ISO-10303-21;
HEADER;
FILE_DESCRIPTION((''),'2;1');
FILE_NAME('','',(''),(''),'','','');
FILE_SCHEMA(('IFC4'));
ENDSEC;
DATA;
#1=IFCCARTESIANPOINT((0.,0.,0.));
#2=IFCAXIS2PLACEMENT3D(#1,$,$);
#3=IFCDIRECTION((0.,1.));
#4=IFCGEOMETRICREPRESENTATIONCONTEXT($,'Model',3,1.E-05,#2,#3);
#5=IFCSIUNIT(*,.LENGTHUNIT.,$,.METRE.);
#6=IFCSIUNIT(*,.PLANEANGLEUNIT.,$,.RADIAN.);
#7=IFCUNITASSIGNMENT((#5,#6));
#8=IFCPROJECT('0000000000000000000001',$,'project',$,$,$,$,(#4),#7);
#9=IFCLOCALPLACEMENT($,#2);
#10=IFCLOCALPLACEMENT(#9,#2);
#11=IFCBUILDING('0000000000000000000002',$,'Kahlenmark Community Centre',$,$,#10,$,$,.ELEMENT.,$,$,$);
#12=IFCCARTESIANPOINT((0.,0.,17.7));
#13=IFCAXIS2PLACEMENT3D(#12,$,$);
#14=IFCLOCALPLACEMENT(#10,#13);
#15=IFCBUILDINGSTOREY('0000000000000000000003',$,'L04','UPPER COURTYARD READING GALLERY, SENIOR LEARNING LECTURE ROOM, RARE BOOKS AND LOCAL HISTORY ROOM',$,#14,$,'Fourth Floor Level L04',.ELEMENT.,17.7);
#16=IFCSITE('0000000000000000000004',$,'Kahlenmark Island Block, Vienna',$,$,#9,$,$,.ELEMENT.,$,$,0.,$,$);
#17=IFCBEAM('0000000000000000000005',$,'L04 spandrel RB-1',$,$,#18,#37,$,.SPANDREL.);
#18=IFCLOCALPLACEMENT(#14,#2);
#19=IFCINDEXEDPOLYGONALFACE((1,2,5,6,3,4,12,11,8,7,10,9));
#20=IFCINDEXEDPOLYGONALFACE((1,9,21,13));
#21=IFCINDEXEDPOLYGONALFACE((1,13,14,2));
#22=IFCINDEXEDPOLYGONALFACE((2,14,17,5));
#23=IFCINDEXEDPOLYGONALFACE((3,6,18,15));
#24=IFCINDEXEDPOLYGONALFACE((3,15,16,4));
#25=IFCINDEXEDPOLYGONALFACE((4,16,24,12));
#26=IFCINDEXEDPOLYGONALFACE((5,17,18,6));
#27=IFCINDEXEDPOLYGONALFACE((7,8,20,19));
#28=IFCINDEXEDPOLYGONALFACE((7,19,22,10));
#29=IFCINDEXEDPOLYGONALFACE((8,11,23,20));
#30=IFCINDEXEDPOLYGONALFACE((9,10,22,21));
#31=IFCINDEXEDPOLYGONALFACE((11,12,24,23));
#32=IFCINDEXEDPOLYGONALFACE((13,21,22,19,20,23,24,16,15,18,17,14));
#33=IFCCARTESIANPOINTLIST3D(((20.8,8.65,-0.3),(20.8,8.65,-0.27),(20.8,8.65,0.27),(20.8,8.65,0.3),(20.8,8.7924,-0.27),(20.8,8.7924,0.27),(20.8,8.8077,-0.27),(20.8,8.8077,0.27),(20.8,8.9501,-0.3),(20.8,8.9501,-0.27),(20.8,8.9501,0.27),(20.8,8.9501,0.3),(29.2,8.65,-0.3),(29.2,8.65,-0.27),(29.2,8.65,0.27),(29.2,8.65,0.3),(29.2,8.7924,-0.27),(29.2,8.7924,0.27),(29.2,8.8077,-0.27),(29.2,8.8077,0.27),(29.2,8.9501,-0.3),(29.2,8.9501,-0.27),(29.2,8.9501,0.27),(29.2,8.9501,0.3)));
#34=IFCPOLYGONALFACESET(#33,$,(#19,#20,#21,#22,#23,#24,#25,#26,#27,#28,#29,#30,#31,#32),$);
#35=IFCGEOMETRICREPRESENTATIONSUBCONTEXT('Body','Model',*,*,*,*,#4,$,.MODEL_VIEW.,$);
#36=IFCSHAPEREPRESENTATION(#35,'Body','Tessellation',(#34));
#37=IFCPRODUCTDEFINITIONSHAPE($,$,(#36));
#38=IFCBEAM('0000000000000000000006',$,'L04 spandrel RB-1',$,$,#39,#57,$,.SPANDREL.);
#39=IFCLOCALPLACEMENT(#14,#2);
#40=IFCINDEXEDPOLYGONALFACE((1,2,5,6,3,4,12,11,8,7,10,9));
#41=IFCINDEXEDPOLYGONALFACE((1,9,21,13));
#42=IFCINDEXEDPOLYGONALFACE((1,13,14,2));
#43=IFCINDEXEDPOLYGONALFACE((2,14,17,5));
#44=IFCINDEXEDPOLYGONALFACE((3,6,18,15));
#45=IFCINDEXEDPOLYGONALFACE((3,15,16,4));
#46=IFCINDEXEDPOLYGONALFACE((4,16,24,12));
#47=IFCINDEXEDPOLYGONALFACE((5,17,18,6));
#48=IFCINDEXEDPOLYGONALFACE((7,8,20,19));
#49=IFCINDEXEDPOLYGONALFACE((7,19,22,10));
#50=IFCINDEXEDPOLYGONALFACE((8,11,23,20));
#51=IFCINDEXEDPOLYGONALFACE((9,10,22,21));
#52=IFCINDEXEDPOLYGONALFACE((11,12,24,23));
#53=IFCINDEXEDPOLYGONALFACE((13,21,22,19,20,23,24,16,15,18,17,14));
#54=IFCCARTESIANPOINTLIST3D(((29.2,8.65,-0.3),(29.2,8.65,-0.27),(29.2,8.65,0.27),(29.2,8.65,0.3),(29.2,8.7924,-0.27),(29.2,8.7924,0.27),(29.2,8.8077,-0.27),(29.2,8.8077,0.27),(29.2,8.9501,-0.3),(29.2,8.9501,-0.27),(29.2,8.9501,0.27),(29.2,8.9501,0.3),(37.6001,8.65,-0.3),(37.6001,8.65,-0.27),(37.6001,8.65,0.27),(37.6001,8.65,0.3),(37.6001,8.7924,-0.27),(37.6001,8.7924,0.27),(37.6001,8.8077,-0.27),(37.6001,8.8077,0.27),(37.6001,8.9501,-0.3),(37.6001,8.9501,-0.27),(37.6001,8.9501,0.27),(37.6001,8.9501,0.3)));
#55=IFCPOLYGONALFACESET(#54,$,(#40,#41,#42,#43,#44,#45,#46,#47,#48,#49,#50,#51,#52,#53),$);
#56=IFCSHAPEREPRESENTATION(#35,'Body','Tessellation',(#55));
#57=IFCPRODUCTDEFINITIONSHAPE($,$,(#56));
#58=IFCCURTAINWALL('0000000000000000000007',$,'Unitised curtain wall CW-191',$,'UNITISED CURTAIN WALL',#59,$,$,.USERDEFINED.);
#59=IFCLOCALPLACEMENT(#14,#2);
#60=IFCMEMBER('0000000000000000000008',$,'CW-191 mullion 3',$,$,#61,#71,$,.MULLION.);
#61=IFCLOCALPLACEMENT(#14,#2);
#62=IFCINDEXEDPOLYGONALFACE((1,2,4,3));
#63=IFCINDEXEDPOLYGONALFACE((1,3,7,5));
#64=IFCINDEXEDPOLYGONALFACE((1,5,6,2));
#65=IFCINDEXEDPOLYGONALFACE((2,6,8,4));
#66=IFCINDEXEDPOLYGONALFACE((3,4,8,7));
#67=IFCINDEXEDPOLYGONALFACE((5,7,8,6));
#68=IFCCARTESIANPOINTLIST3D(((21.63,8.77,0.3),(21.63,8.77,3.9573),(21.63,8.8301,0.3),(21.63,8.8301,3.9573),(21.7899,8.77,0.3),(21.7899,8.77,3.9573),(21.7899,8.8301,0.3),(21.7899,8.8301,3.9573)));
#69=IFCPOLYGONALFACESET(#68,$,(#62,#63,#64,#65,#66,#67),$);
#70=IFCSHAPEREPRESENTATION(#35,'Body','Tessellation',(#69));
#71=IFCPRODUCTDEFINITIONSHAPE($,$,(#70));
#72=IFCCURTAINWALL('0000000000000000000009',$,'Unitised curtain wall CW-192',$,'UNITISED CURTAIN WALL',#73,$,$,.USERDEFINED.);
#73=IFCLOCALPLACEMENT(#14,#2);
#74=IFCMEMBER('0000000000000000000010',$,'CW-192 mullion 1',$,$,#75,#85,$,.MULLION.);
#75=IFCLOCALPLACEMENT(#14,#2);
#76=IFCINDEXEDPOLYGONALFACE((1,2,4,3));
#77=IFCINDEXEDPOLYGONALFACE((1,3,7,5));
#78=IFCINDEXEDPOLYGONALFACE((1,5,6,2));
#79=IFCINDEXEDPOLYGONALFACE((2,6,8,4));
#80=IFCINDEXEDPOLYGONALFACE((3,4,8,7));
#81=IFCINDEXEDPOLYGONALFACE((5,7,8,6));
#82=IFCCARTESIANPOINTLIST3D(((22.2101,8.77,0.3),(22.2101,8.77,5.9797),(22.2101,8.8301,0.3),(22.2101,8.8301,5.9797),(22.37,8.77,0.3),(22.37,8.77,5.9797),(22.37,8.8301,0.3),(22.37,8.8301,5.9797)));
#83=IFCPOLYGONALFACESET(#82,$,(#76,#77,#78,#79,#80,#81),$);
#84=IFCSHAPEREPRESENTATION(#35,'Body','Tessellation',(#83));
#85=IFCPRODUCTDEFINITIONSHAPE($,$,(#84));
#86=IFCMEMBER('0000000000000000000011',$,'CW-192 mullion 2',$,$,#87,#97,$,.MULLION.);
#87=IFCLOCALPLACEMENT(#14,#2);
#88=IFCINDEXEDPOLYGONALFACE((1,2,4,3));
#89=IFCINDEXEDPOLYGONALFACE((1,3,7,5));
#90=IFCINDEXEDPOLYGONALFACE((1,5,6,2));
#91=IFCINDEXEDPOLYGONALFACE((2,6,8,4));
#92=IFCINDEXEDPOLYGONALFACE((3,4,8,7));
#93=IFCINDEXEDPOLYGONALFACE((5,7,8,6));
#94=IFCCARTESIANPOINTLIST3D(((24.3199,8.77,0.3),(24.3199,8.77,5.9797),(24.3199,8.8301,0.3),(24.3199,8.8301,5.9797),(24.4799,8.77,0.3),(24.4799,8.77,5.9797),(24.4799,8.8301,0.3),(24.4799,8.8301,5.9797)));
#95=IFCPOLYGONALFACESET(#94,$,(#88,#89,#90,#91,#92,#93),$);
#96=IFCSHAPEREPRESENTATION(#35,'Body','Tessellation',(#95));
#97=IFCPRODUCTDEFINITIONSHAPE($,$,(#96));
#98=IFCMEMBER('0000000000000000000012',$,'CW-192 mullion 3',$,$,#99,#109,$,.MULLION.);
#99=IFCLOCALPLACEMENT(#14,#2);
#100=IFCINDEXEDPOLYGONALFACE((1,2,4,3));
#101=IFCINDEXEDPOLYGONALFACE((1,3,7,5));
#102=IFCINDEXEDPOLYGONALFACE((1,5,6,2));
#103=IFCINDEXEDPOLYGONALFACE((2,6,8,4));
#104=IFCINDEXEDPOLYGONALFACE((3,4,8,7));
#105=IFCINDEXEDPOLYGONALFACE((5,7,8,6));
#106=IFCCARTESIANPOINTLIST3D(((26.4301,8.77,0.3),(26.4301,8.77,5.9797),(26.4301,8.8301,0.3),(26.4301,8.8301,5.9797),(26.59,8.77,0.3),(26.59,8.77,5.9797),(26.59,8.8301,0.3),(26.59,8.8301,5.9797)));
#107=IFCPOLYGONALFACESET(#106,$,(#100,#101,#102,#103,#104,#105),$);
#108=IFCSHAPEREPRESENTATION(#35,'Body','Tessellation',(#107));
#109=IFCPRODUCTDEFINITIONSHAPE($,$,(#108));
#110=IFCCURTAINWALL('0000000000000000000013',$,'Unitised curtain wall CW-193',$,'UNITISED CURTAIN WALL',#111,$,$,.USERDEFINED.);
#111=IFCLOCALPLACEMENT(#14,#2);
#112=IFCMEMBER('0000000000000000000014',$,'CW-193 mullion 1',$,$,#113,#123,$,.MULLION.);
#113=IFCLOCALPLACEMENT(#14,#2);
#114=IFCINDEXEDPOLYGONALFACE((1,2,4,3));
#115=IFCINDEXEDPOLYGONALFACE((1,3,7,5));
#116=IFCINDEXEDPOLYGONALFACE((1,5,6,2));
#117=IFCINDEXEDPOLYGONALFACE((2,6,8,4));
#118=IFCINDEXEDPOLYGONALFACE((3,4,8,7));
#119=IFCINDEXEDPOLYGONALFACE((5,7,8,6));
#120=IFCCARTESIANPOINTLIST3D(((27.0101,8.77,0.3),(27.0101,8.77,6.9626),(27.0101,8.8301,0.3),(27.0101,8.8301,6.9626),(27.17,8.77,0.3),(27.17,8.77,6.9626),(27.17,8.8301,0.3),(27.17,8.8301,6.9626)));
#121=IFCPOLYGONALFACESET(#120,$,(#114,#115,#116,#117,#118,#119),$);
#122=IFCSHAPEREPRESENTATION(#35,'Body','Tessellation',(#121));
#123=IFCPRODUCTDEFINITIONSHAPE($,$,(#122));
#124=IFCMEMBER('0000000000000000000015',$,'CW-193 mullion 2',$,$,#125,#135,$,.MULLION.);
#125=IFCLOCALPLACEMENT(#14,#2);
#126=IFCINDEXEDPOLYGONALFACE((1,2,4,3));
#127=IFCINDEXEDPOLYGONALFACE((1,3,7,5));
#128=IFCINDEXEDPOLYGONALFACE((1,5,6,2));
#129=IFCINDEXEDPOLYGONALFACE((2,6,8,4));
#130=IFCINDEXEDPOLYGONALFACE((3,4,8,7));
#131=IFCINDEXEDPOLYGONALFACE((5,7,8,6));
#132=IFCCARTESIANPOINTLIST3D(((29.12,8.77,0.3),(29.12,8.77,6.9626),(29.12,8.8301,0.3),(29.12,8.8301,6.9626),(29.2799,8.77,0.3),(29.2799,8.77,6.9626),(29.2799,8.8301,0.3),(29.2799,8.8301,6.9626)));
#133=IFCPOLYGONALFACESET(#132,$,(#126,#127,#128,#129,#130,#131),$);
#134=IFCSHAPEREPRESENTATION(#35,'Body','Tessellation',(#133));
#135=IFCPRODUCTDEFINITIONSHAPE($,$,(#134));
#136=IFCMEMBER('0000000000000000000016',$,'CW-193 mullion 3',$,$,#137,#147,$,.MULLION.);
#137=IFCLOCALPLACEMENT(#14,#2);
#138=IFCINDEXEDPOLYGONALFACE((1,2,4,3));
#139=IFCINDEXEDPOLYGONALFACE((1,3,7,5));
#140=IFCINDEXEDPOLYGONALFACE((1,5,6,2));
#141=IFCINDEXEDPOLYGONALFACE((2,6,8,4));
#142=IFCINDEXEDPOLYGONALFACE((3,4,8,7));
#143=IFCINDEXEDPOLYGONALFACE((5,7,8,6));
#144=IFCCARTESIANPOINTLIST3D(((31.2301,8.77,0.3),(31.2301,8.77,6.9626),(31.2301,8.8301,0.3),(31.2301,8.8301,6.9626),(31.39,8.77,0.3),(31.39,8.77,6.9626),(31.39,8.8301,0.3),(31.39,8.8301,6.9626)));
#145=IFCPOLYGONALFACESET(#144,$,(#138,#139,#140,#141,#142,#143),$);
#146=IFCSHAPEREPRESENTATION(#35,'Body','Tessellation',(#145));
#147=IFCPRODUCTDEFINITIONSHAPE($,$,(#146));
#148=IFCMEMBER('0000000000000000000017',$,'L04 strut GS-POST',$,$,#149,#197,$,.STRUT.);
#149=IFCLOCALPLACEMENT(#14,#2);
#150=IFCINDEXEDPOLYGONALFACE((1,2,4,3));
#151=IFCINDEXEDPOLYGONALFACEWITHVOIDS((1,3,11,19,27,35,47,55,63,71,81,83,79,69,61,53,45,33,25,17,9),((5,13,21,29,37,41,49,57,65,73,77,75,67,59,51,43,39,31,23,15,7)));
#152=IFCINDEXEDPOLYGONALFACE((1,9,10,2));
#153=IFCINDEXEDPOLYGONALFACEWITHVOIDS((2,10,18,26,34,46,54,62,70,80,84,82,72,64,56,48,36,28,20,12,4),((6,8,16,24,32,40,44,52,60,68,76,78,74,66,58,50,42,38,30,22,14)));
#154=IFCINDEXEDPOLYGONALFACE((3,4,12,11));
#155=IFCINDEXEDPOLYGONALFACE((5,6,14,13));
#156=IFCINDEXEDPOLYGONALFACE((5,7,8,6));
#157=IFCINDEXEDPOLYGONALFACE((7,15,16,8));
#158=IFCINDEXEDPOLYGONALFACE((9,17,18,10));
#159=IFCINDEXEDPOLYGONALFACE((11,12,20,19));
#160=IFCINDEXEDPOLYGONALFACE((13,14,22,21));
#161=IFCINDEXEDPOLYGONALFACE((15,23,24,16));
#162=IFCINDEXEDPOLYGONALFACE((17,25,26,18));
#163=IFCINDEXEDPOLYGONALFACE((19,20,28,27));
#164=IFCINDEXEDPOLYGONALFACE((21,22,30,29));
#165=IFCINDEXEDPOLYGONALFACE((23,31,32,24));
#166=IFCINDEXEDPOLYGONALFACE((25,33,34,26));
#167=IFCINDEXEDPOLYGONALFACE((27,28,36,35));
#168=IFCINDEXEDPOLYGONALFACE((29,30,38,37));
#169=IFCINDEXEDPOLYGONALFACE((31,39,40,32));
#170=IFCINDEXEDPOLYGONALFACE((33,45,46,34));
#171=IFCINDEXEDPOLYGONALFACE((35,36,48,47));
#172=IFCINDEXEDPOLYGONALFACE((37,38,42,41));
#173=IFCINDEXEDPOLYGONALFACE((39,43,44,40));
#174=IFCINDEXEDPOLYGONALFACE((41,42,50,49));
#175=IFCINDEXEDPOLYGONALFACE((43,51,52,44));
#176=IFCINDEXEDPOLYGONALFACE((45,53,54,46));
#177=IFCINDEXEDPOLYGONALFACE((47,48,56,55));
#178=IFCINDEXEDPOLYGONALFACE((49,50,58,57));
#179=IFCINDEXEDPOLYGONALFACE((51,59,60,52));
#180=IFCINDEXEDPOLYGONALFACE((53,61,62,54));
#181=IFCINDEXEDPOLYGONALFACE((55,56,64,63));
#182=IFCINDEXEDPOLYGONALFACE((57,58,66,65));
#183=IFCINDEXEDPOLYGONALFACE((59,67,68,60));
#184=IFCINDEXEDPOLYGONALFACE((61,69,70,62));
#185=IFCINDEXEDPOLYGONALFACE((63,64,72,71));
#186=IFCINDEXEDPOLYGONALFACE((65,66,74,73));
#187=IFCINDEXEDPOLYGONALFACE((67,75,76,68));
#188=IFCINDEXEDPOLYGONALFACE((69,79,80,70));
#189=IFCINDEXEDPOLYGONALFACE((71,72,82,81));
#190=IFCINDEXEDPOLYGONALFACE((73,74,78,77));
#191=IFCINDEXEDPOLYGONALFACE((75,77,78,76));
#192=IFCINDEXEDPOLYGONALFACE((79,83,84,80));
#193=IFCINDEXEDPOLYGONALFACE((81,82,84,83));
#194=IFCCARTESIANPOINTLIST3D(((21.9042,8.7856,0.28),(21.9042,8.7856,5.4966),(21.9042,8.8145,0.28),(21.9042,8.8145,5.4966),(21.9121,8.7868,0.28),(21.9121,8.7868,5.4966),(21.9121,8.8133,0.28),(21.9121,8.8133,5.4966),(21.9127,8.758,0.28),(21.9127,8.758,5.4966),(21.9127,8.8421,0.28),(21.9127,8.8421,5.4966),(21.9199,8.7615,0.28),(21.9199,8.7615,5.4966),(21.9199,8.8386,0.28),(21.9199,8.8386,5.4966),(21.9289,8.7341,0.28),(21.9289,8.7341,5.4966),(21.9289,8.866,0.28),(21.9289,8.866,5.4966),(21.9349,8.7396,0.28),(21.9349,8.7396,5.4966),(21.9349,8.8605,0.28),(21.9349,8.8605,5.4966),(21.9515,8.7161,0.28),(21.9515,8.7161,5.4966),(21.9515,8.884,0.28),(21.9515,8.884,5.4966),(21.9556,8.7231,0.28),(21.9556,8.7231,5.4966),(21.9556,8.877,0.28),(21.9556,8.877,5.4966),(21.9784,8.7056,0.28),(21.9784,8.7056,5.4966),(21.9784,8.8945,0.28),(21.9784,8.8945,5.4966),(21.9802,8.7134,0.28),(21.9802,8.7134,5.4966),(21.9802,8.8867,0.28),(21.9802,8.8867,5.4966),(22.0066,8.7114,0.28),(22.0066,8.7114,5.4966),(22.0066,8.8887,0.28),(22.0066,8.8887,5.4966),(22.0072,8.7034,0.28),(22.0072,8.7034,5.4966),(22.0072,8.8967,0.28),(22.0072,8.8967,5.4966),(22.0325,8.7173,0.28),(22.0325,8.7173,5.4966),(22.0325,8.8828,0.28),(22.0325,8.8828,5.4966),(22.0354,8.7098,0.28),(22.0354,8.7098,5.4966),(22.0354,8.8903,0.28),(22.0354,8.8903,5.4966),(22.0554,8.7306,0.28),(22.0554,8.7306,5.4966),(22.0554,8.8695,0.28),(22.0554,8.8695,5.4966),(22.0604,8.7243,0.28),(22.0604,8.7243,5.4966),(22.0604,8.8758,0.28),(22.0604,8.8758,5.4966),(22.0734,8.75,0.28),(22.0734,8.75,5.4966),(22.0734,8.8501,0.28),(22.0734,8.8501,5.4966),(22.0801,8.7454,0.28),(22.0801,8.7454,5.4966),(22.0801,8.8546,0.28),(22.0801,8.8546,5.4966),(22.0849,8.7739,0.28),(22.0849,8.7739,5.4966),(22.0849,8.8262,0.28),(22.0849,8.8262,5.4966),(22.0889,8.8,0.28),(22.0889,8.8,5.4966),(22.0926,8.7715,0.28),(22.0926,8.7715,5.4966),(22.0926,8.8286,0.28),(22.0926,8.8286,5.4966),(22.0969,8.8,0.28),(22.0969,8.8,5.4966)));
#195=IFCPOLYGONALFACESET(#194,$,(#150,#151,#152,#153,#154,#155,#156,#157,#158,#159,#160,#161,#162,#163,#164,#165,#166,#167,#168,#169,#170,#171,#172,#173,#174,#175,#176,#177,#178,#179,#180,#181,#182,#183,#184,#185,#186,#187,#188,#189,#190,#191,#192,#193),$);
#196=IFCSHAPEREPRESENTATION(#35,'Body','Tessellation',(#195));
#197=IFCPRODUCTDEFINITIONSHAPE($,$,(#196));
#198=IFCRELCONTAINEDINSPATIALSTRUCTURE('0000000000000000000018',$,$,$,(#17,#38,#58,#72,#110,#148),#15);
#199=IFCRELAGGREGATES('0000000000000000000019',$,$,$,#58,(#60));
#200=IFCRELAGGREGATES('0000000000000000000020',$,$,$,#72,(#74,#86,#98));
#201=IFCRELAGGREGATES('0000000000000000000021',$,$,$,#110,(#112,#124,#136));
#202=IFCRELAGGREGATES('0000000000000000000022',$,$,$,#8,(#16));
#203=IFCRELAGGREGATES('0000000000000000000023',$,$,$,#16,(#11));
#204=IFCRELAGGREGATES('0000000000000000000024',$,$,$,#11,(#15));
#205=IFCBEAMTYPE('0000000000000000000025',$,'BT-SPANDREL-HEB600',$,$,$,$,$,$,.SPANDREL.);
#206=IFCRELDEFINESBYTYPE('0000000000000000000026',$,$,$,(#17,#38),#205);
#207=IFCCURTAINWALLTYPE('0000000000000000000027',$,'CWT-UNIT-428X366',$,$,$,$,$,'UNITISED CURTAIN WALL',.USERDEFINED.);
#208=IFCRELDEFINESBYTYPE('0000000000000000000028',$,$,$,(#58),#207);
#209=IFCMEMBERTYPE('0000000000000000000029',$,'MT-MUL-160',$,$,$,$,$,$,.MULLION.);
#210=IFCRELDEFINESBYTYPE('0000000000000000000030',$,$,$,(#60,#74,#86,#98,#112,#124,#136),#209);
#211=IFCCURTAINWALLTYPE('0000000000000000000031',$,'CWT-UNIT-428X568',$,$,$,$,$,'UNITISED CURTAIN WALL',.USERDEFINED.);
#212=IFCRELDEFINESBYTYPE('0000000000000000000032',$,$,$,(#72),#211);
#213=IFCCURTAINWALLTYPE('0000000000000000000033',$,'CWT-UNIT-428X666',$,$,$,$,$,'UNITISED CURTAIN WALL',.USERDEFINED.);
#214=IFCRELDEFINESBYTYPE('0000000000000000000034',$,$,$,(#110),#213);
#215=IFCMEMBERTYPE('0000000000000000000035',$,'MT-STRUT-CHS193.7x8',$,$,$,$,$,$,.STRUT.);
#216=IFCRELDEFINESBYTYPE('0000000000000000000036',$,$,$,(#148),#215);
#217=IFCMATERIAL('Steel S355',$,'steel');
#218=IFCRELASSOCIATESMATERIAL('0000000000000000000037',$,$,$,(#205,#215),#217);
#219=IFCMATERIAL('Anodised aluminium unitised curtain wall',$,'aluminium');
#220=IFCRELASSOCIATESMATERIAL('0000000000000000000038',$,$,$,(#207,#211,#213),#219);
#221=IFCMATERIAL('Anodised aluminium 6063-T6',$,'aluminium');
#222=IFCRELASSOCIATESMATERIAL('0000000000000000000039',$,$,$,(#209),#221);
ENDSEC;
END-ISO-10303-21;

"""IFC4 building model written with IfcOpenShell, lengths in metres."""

from ifc_helpers import new_model, si_unit, direction, frame, origin, origin_2d, place, context, subcontext, project, spatial, rectangle, hollow_circle, i_section, extrude, material, material_profile, profile_set, type_object, element, aggregate, save


model = new_model("IFC4")

# Units and contexts
model_context = context("Model", 3, precision=1e-05, world=origin(), true_north=direction((0.0, 1.0)))
body_context = subcontext(model_context, "Body", "Model", "MODEL_VIEW")
ifc_project = project(units=[si_unit("LENGTHUNIT", "METRE"), si_unit("PLANEANGLEUNIT", "RADIAN")], contexts=[model_context])

# Site, building, storey
site_placement = place(None, origin())
site = spatial("IfcSite", under=ifc_project, at=site_placement, Name="Kahlenmark Island Block, Vienna", CompositionType="ELEMENT", RefElevation=0.0)
building_placement = place(site_placement, origin())
building = spatial("IfcBuilding", under=site, at=building_placement, Name="Kahlenmark Community Centre", CompositionType="ELEMENT")
storey_placement = place(building_placement, frame((0.0, 0.0, 17.7)))
storey = spatial("IfcBuildingStorey", under=building, at=storey_placement, Name="L04", Description="UPPER COURTYARD READING GALLERY, SENIOR LEARNING LECTURE ROOM, RARE BOOKS AND LOCAL HISTORY ROOM", LongName="Fourth Floor Level L04", CompositionType="ELEMENT", Elevation=17.7)

# Beams
ifc_material_1 = material(Name="Steel S355", Category="steel")
ifc_material_profile_1 = material_profile(ifc_material_1, i_section(OverallWidth=0.3, OverallDepth=0.6001, WebThickness=0.0154, FlangeThickness=0.03, at=origin_2d()), Name="HEB 600")
ifc_profile_set_1 = profile_set([ifc_material_profile_1], Name="Steel S355")
beam_type = type_object("IfcBeamType", Name="BT-SPANDREL-HEB600", PredefinedType="SPANDREL", material=ifc_profile_set_1)
beam_1_placement = place(storey_placement, frame((20.8, 8.8, 0.0), z_axis=(1.0, 0.0, 0.0), x_axis=(0.0, 1.0, 0.0)))
element("IfcBeam", 1, at=beam_1_placement, inside=storey, type_object=beam_type, Name="L04 spandrel RB-1", PredefinedType="SPANDREL", context=body_context, shape_type="SweptSolid", body=[
    extrude(i_section(OverallWidth=0.3, OverallDepth=0.6001, WebThickness=0.0154, FlangeThickness=0.03, at=origin_2d()), origin(), (0.0, 0.0, 1.0), 8.3999),
])
beam_2_placement = place(storey_placement, frame((29.2, 8.8, 0.0), z_axis=(1.0, 0.0, 0.0), x_axis=(0.0, 1.0, 0.0)))
element("IfcBeam", 2, at=beam_2_placement, inside=storey, type_object=beam_type, Name="L04 spandrel RB-1", PredefinedType="SPANDREL", context=body_context, shape_type="SweptSolid", body=[
    extrude(i_section(OverallWidth=0.3, OverallDepth=0.6001, WebThickness=0.0154, FlangeThickness=0.03, at=origin_2d()), origin(), (0.0, 0.0, 1.0), 8.4001),
])

# Curtain wall, member
ifc_material_2 = material(Name="Anodised aluminium unitised curtain wall", Category="aluminium")
curtain_wall_type_1 = type_object("IfcCurtainWallType", Name="CWT-UNIT-428X366", ElementType="UNITISED CURTAIN WALL", PredefinedType="USERDEFINED", material=ifc_material_2)
curtain_wall_1_placement = place(storey_placement, origin())
curtain_wall_1 = element("IfcCurtainWall", 3, at=curtain_wall_1_placement, inside=storey, type_object=curtain_wall_type_1, Name="Unitised curtain wall CW-191", ObjectType="UNITISED CURTAIN WALL", PredefinedType="USERDEFINED")
ifc_material_3 = material(Name="Anodised aluminium 6063-T6", Category="aluminium")
ifc_material_profile_2 = material_profile(ifc_material_3, rectangle(XDim=0.0601, YDim=0.1599, at=origin_2d()), Name="ALU MULLION 60x160")
ifc_profile_set_2 = profile_set([ifc_material_profile_2], Name="Anodised aluminium 6063-T6")
member_type_1 = type_object("IfcMemberType", Name="MT-MUL-160", PredefinedType="MULLION", material=ifc_profile_set_2)
member_1_placement = place(storey_placement, frame((21.71, 8.8, 0.3), z_axis=(0.0, 0.0, 1.0), x_axis=(0.0, 1.0, 0.0)))
member_1 = element("IfcMember", 4, at=member_1_placement, type_object=member_type_1, Name="CW-191 mullion 3", PredefinedType="MULLION", context=body_context, shape_type="SweptSolid", body=[
    extrude(rectangle(XDim=0.0601, YDim=0.1599, at=origin_2d()), origin(), (0.0, 0.0, 1.0), 3.6572),
])
aggregate(curtain_wall_1, [member_1])

# Curtain walls, members
curtain_wall_type_2 = type_object("IfcCurtainWallType", Name="CWT-UNIT-428X568", ElementType="UNITISED CURTAIN WALL", PredefinedType="USERDEFINED", material=ifc_material_2)
curtain_wall_2_placement = place(storey_placement, origin())
curtain_wall_2 = element("IfcCurtainWall", 5, at=curtain_wall_2_placement, inside=storey, type_object=curtain_wall_type_2, Name="Unitised curtain wall CW-192", ObjectType="UNITISED CURTAIN WALL", PredefinedType="USERDEFINED")
member_2_placement = place(storey_placement, frame((22.29, 8.8, 0.3), z_axis=(0.0, 0.0, 1.0), x_axis=(0.0, 1.0, 0.0)))
member_2 = element("IfcMember", 6, at=member_2_placement, type_object=member_type_1, Name="CW-192 mullion 1", PredefinedType="MULLION", context=body_context, shape_type="SweptSolid", body=[
    extrude(rectangle(XDim=0.0601, YDim=0.1599, at=origin_2d()), origin(), (0.0, 0.0, 1.0), 5.6797),
])
member_3_placement = place(storey_placement, frame((24.3999, 8.8, 0.3), z_axis=(0.0, 0.0, 1.0), x_axis=(0.0, 1.0, 0.0)))
member_3 = element("IfcMember", 7, at=member_3_placement, type_object=member_type_1, Name="CW-192 mullion 2", PredefinedType="MULLION", context=body_context, shape_type="SweptSolid", body=[
    extrude(rectangle(XDim=0.0601, YDim=0.1599, at=origin_2d()), origin(), (0.0, 0.0, 1.0), 5.6797),
])
member_4_placement = place(storey_placement, frame((26.51, 8.8, 0.3), z_axis=(0.0, 0.0, 1.0), x_axis=(0.0, 1.0, 0.0)))
member_4 = element("IfcMember", 8, at=member_4_placement, type_object=member_type_1, Name="CW-192 mullion 3", PredefinedType="MULLION", context=body_context, shape_type="SweptSolid", body=[
    extrude(rectangle(XDim=0.0601, YDim=0.1599, at=origin_2d()), origin(), (0.0, 0.0, 1.0), 5.6797),
])
curtain_wall_type_3 = type_object("IfcCurtainWallType", Name="CWT-UNIT-428X666", ElementType="UNITISED CURTAIN WALL", PredefinedType="USERDEFINED", material=ifc_material_2)
curtain_wall_3_placement = place(storey_placement, origin())
curtain_wall_3 = element("IfcCurtainWall", 9, at=curtain_wall_3_placement, inside=storey, type_object=curtain_wall_type_3, Name="Unitised curtain wall CW-193", ObjectType="UNITISED CURTAIN WALL", PredefinedType="USERDEFINED")
member_5_placement = place(storey_placement, frame((27.0901, 8.8, 0.3), z_axis=(0.0, 0.0, 1.0), x_axis=(0.0, 1.0, 0.0)))
member_5 = element("IfcMember", 10, at=member_5_placement, type_object=member_type_1, Name="CW-193 mullion 1", PredefinedType="MULLION", context=body_context, shape_type="SweptSolid", body=[
    extrude(rectangle(XDim=0.0601, YDim=0.1599, at=origin_2d()), origin(), (0.0, 0.0, 1.0), 6.6626),
])
member_6_placement = place(storey_placement, frame((29.2, 8.8, 0.3), z_axis=(0.0, 0.0, 1.0), x_axis=(0.0, 1.0, 0.0)))
member_6 = element("IfcMember", 11, at=member_6_placement, type_object=member_type_1, Name="CW-193 mullion 2", PredefinedType="MULLION", context=body_context, shape_type="SweptSolid", body=[
    extrude(rectangle(XDim=0.0601, YDim=0.1599, at=origin_2d()), origin(), (0.0, 0.0, 1.0), 6.6626),
])
member_7_placement = place(storey_placement, frame((31.3101, 8.8, 0.3), z_axis=(0.0, 0.0, 1.0), x_axis=(0.0, 1.0, 0.0)))
member_7 = element("IfcMember", 12, at=member_7_placement, type_object=member_type_1, Name="CW-193 mullion 3", PredefinedType="MULLION", context=body_context, shape_type="SweptSolid", body=[
    extrude(rectangle(XDim=0.0601, YDim=0.1599, at=origin_2d()), origin(), (0.0, 0.0, 1.0), 6.6626),
])

# Member
ifc_material_profile_3 = material_profile(ifc_material_1, hollow_circle(Radius=0.0969, WallThickness=0.0081, at=origin_2d()), Name="CHS 193.7x8")
ifc_profile_set_3 = profile_set([ifc_material_profile_3], Name="Steel S355")
member_type_2 = type_object("IfcMemberType", Name="MT-STRUT-CHS193.7x8", PredefinedType="STRUT", material=ifc_profile_set_3)
member_8_placement = place(storey_placement, frame((22.0, 8.8, 0.28), z_axis=(0.0, 0.0, 1.0), x_axis=(1.0, 0.0, 0.0)))
element("IfcMember", 13, at=member_8_placement, inside=storey, type_object=member_type_2, Name="L04 strut GS-POST", PredefinedType="STRUT", context=body_context, shape_type="SweptSolid", body=[
    extrude(hollow_circle(Radius=0.0969, WallThickness=0.0081, at=origin_2d()), origin(), (0.0, 0.0, 1.0), 5.2166),
])

aggregate(curtain_wall_2, [member_2, member_3, member_4])
aggregate(curtain_wall_3, [member_5, member_6, member_7])

save(model, "model.ifc")
